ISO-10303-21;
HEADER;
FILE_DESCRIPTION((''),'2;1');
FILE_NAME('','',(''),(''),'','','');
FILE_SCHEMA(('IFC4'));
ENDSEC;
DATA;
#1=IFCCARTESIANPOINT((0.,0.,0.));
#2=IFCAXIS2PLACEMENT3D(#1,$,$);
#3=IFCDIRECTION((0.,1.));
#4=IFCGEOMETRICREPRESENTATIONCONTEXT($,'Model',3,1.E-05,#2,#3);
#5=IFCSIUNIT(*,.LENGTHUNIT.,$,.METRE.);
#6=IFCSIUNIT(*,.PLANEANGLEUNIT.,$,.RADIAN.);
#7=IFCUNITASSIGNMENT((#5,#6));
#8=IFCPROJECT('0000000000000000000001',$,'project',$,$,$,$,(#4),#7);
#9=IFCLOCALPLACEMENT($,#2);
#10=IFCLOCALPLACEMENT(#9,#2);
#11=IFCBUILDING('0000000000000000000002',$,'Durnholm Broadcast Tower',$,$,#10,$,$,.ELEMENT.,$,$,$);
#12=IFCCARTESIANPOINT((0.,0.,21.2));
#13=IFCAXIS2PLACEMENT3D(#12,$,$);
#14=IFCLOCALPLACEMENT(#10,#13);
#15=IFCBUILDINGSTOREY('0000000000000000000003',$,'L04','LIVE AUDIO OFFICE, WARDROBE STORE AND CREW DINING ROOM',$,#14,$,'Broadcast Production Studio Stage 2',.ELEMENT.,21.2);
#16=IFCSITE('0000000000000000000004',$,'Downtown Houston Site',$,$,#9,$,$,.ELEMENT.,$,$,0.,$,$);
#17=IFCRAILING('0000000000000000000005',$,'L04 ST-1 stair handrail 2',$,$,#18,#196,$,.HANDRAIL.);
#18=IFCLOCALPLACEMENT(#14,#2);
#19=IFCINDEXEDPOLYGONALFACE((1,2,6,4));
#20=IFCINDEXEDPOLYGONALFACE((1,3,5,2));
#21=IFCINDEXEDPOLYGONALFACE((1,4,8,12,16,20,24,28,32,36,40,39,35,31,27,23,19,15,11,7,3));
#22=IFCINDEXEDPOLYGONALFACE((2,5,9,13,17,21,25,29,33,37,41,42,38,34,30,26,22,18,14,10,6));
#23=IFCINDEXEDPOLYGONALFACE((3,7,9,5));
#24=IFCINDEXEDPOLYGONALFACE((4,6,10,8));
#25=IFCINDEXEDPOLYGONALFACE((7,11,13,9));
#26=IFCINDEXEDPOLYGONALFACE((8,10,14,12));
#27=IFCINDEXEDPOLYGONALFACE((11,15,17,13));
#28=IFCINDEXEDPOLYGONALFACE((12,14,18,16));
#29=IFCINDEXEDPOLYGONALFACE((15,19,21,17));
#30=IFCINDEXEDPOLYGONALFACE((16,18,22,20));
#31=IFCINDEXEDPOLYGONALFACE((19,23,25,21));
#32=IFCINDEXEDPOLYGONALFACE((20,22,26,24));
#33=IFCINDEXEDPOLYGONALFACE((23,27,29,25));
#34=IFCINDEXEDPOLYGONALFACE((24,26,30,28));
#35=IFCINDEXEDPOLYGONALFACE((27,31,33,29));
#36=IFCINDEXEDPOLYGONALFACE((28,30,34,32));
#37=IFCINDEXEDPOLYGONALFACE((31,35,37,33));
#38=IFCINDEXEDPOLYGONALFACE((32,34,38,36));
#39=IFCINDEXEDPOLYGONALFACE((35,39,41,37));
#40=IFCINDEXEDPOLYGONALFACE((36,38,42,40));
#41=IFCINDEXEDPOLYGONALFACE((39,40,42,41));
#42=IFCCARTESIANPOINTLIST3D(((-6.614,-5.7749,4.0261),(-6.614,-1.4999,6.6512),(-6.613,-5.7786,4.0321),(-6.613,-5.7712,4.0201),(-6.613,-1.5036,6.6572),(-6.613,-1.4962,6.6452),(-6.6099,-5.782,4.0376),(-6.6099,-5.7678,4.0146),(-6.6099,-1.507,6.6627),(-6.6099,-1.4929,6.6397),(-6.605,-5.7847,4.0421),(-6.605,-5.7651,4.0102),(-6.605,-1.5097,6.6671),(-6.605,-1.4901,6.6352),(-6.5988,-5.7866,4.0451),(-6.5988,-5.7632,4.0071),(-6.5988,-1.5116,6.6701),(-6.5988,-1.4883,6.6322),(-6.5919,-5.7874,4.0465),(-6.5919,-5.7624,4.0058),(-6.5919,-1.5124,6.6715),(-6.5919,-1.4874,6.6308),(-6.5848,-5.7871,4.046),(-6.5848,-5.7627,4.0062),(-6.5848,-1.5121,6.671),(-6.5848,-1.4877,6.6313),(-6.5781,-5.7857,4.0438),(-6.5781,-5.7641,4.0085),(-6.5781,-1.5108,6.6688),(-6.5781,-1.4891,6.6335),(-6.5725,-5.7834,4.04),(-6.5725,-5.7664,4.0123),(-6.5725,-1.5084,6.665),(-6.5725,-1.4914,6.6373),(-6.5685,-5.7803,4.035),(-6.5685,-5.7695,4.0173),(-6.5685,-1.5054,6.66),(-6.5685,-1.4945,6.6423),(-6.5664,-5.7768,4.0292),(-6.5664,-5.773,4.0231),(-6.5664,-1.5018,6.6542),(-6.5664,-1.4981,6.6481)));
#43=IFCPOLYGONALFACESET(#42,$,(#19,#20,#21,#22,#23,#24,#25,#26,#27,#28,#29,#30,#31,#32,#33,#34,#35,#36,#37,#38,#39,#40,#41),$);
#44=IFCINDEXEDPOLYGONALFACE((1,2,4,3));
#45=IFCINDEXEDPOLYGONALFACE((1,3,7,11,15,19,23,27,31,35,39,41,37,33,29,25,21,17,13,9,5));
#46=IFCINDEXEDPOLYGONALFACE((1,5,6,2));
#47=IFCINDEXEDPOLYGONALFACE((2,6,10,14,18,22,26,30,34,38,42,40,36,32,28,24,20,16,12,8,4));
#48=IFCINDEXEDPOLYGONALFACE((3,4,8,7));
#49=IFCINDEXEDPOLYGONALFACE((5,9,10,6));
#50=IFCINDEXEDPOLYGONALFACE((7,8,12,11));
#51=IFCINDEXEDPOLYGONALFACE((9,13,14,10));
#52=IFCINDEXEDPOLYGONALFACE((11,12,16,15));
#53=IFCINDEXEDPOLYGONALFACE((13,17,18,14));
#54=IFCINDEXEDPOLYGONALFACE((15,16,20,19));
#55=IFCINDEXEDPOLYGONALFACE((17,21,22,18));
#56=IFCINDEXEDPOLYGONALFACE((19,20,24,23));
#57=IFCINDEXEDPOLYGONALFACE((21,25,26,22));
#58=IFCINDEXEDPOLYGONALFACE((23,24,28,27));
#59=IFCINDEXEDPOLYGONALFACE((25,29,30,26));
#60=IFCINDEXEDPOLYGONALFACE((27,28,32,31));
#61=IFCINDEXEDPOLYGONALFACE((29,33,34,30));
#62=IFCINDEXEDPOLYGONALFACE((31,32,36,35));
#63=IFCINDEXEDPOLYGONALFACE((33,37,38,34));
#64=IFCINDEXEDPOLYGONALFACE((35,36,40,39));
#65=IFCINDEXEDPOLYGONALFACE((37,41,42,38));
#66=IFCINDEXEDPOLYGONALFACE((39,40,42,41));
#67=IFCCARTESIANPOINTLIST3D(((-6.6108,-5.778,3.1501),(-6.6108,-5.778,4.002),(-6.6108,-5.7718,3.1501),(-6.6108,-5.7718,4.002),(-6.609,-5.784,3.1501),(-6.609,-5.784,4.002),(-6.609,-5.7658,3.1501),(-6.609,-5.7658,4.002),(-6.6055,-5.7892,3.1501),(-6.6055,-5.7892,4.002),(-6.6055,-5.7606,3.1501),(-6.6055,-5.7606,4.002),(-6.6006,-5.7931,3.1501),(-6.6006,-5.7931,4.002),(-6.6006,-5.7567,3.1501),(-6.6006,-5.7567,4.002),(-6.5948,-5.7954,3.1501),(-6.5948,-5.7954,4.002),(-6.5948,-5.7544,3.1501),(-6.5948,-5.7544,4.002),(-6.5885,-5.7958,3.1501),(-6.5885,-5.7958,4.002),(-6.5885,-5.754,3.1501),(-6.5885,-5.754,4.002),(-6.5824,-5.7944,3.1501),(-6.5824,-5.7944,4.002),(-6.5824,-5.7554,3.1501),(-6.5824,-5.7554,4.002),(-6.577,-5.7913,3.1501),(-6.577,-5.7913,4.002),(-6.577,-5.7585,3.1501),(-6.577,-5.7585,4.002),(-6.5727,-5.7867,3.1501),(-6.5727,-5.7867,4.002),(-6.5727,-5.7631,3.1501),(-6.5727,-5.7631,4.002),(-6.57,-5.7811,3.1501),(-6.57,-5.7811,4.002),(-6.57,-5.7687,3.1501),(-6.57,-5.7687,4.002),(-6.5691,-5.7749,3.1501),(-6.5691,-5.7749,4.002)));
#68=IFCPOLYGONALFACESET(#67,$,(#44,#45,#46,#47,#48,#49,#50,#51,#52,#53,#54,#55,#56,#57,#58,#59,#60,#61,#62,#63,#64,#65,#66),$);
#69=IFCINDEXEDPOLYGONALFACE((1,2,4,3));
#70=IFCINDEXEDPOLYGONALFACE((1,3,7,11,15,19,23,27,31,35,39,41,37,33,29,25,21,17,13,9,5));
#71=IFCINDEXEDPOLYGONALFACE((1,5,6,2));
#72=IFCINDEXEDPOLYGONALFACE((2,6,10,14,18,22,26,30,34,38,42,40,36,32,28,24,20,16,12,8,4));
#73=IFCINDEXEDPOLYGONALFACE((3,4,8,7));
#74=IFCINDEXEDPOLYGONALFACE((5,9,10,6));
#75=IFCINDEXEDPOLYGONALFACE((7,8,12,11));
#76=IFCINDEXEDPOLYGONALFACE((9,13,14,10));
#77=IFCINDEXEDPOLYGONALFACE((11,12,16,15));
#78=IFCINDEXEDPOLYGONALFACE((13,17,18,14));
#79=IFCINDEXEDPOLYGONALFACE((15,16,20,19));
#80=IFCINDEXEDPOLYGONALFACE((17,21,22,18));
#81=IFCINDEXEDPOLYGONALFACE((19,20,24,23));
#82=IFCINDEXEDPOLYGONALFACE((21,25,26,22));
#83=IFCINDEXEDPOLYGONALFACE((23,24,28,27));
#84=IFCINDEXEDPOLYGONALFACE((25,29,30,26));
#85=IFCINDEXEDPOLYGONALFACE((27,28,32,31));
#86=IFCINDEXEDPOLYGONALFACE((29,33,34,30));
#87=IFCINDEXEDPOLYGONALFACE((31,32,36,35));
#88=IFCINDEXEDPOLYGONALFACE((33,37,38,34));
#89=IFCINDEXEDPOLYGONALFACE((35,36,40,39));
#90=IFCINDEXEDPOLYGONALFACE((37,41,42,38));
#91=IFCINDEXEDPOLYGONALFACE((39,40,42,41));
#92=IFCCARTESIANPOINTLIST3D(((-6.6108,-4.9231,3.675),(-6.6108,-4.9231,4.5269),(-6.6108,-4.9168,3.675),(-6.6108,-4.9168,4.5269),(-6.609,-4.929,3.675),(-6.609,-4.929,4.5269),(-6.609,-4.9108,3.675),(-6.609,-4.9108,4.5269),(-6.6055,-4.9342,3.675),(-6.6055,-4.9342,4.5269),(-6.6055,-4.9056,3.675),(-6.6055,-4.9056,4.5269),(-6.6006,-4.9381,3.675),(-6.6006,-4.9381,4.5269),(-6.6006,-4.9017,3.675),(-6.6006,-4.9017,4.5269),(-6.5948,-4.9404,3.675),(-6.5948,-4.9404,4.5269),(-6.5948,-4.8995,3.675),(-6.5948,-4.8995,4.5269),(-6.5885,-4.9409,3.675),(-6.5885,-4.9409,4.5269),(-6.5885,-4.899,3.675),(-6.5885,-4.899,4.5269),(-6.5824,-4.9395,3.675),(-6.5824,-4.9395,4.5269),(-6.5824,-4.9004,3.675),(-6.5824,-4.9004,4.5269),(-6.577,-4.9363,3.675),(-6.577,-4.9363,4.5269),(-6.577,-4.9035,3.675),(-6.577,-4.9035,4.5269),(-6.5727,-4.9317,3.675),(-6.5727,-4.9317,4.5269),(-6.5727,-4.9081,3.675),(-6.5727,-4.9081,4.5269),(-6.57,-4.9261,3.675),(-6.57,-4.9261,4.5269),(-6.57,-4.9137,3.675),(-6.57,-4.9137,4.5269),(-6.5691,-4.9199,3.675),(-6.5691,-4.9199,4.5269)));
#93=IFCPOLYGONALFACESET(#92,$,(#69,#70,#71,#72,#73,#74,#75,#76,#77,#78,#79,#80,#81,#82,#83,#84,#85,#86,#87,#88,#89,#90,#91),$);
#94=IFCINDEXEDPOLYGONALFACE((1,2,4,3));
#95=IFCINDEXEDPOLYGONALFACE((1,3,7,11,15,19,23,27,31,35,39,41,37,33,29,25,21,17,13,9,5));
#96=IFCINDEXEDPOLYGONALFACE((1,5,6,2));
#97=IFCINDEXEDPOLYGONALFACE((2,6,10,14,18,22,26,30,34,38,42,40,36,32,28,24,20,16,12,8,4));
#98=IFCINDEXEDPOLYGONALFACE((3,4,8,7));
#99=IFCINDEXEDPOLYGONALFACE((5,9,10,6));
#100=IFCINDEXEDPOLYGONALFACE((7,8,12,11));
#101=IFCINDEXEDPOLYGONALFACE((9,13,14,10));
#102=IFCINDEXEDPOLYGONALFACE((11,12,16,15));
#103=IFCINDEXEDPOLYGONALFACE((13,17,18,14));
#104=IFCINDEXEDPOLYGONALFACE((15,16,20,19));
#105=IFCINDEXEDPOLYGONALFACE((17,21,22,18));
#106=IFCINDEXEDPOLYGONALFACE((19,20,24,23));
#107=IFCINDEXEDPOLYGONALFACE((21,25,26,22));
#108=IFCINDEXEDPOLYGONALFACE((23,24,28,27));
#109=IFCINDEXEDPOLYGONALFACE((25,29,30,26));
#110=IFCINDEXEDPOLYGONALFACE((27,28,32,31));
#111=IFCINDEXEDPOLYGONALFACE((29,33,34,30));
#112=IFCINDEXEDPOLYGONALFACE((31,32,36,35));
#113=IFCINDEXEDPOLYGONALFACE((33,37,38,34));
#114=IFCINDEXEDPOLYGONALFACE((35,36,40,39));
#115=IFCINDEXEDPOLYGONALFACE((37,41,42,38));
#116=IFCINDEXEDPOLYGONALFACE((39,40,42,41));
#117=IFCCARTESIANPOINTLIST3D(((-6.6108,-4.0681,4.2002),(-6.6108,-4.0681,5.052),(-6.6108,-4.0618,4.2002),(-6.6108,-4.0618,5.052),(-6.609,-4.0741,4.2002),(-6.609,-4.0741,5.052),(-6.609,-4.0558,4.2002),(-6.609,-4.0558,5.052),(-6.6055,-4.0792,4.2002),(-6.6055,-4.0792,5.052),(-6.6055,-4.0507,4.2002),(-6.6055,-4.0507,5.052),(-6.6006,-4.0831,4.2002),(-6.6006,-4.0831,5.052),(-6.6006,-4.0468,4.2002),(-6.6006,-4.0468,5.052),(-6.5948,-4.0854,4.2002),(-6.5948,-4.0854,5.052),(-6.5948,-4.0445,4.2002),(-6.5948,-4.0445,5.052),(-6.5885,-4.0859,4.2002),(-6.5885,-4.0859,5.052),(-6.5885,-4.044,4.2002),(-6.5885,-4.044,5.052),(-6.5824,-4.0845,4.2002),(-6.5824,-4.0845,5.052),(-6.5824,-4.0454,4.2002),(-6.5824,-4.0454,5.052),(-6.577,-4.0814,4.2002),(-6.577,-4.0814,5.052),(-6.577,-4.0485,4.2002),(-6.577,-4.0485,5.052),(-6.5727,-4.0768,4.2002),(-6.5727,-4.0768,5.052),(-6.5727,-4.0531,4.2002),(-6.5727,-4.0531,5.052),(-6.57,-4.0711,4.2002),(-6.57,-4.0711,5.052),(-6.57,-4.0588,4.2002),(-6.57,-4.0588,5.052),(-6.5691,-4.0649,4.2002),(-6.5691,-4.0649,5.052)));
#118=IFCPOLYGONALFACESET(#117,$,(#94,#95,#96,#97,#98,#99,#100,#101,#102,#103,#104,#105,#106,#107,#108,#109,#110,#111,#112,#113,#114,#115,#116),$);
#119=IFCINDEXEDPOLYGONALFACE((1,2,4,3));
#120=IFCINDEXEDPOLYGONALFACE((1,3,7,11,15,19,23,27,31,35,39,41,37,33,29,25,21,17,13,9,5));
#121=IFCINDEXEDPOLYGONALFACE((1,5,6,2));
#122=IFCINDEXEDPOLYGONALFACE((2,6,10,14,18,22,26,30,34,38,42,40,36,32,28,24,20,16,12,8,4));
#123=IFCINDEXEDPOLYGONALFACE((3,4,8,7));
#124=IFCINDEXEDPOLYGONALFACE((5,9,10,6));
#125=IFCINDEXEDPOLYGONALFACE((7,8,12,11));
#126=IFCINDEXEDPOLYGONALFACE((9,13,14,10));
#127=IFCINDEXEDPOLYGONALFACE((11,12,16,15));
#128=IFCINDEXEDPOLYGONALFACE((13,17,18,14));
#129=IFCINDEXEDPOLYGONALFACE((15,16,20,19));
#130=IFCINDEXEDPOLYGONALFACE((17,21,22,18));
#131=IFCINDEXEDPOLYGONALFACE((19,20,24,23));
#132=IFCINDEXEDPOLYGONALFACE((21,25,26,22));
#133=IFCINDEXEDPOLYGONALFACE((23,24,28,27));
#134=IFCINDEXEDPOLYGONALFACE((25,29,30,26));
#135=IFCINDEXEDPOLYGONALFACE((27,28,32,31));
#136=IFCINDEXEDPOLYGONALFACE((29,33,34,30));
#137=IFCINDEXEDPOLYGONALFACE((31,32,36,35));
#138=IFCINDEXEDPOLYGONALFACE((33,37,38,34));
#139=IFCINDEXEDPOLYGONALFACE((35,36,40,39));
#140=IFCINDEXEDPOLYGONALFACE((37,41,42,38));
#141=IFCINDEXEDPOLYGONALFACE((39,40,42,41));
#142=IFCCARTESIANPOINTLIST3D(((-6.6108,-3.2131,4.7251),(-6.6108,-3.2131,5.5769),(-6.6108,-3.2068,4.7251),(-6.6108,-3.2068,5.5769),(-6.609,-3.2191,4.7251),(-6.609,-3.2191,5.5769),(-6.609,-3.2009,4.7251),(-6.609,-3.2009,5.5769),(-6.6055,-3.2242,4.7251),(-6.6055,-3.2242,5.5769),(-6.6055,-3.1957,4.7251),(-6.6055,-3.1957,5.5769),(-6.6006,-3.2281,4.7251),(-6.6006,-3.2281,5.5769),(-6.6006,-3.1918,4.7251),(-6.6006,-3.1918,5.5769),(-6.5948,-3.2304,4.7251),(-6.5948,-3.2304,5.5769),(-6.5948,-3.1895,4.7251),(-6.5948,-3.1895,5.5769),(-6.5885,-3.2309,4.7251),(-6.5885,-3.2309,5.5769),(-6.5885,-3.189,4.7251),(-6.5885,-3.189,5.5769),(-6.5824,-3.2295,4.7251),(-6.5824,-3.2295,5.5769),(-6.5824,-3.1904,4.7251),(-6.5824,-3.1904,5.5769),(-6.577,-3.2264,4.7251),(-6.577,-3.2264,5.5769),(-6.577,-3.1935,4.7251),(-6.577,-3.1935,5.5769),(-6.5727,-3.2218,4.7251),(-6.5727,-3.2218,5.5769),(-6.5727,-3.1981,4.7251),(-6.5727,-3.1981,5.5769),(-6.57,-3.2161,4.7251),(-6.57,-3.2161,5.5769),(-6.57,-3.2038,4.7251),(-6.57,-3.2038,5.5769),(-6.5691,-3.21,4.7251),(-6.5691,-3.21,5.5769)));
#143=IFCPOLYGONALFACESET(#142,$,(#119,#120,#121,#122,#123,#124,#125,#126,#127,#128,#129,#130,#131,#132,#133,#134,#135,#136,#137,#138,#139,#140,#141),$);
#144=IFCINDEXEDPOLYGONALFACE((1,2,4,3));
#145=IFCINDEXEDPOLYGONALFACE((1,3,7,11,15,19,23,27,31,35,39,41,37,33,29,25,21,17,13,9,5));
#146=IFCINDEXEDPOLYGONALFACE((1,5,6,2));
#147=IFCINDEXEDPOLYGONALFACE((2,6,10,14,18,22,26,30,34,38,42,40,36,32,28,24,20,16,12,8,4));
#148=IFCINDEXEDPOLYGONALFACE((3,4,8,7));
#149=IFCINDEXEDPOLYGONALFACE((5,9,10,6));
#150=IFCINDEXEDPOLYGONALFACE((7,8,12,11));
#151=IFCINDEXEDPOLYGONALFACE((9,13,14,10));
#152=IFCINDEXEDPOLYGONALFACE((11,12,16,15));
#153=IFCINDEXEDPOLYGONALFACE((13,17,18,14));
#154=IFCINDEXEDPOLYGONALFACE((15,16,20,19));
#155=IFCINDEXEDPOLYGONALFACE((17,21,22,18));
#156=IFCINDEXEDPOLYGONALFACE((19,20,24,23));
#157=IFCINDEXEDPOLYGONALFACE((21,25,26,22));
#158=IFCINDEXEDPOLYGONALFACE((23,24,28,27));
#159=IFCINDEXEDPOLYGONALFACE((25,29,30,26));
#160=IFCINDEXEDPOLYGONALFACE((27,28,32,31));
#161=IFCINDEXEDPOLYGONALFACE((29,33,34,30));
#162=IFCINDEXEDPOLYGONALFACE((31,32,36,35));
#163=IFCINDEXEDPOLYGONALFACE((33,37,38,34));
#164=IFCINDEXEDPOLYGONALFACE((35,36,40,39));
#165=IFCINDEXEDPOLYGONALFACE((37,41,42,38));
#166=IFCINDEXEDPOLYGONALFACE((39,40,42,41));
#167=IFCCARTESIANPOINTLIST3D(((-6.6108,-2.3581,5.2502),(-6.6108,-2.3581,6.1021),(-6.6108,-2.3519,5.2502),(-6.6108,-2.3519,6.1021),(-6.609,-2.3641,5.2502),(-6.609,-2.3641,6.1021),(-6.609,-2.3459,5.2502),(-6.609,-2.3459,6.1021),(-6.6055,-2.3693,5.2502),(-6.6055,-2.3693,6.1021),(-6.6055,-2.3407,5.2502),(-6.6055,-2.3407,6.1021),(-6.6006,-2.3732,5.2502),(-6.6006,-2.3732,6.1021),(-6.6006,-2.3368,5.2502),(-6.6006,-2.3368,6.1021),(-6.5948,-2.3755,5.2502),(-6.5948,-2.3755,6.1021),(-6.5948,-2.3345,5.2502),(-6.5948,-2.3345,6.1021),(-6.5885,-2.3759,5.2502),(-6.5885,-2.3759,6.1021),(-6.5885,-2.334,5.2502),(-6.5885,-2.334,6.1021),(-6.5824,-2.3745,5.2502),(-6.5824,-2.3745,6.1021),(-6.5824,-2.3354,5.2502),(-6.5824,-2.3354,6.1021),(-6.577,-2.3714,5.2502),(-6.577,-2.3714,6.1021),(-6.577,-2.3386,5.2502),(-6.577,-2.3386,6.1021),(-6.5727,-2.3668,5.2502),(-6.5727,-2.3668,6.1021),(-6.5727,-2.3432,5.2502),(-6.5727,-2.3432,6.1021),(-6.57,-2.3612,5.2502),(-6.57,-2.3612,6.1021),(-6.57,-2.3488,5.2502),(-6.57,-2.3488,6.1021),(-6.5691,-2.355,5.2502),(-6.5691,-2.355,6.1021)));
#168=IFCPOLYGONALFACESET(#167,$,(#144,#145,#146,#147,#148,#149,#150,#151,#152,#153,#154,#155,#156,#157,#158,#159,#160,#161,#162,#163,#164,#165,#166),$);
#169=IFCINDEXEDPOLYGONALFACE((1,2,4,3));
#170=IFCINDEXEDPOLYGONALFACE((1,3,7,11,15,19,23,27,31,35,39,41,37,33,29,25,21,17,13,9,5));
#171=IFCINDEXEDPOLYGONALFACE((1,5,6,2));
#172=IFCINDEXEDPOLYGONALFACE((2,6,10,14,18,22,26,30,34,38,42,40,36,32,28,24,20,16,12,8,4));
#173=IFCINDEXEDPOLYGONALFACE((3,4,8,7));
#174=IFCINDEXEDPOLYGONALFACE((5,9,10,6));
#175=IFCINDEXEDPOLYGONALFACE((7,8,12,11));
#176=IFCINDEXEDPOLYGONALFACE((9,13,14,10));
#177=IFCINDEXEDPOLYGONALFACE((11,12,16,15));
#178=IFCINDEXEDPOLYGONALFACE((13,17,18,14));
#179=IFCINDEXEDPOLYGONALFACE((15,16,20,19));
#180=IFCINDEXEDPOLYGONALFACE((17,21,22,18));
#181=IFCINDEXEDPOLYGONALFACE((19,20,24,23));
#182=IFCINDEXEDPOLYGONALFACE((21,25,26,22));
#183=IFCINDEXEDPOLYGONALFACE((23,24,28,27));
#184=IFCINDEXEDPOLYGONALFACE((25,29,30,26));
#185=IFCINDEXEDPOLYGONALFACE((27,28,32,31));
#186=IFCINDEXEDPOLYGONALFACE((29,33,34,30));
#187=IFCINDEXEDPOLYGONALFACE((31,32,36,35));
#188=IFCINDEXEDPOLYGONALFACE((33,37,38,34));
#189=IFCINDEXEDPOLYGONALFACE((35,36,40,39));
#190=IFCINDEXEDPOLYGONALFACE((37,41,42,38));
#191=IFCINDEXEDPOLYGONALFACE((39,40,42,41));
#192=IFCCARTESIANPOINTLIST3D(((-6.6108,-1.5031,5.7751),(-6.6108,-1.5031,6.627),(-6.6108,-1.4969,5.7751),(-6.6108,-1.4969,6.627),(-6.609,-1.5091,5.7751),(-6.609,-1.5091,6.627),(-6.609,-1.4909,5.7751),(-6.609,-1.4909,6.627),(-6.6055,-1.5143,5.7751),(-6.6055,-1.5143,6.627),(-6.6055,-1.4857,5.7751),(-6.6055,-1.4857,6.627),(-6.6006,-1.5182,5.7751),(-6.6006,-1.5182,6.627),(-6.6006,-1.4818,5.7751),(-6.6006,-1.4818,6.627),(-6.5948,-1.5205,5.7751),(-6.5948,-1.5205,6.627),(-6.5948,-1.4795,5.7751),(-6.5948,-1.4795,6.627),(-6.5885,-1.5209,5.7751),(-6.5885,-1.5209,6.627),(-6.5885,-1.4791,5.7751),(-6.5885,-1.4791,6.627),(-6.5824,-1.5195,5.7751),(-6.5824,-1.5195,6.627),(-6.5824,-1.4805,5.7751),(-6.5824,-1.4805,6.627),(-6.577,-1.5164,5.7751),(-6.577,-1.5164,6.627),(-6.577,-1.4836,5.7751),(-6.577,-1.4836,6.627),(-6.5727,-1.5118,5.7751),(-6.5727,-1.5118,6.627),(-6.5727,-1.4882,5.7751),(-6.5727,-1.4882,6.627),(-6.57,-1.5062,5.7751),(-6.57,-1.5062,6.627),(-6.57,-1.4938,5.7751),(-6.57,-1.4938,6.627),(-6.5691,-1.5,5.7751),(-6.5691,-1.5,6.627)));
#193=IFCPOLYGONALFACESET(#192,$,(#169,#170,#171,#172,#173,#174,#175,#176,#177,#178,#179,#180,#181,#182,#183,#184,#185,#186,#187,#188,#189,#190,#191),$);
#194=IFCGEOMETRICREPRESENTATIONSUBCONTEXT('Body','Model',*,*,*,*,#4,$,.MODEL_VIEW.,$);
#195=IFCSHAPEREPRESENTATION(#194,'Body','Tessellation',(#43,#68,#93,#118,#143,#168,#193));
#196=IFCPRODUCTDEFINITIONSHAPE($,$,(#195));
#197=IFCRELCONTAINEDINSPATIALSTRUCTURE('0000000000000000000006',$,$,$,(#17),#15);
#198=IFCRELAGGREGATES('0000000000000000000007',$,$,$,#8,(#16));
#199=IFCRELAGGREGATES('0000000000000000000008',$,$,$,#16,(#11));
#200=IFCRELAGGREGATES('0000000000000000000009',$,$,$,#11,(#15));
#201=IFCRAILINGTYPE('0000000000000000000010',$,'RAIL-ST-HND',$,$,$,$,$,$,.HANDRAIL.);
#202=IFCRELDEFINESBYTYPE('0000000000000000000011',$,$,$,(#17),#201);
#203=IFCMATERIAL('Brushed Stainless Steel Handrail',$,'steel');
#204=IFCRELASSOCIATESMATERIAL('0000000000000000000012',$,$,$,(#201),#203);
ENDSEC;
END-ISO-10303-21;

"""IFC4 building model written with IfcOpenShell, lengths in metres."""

from ifc_helpers import new_model, si_unit, direction, frame, origin, origin_2d, place, context, subcontext, project, spatial, circle, extrude, material, type_object, element, save


model = new_model("IFC4")

# Units and contexts
model_context = context("Model", 3, precision=1e-05, world=origin(), true_north=direction((0.0, 1.0)))
body_context = subcontext(model_context, "Body", "Model", "MODEL_VIEW")
ifc_project = project(units=[si_unit("LENGTHUNIT", "METRE"), si_unit("PLANEANGLEUNIT", "RADIAN")], contexts=[model_context])

# Site, building, storey
site_placement = place(None, origin())
site = spatial("IfcSite", under=ifc_project, at=site_placement, Name="Downtown Houston Site", CompositionType="ELEMENT", RefElevation=0.0)
building_placement = place(site_placement, origin())
building = spatial("IfcBuilding", under=site, at=building_placement, Name="Durnholm Broadcast Tower", CompositionType="ELEMENT")
storey_placement = place(building_placement, frame((0.0, 0.0, 21.2)))
storey = spatial("IfcBuildingStorey", under=building, at=storey_placement, Name="L04", Description="LIVE AUDIO OFFICE, WARDROBE STORE AND CREW DINING ROOM", LongName="Broadcast Production Studio Stage 2", CompositionType="ELEMENT", Elevation=21.2)

# Railing
ifc_material_1 = material(Name="Brushed Stainless Steel Handrail", Category="steel")
railing_type_1 = type_object("IfcRailingType", Name="RAIL-ST-HND", PredefinedType="HANDRAIL", material=ifc_material_1)
railing_1_placement = place(storey_placement, frame((-6.5901, -5.7749, 3.1501)))
element("IfcRailing", 1, at=railing_1_placement, inside=storey, type_object=railing_type_1, Name="L04 ST-1 stair handrail 2", PredefinedType="HANDRAIL", context=body_context, shape_type="SweptSolid", body=[
    extrude(circle(Radius=0.0239, at=origin_2d()), frame((0.0, 0.0, 0.876), z_axis=(0.0, 0.852166, 0.523272), x_axis=(-1.0, 0.0, 0.0)), (0.0, 0.0, 1.0), 5.0166),
    extrude(circle(Radius=0.021, at=origin_2d()), origin(), (0.0, 0.0, 1.0), 0.8518),
    extrude(circle(Radius=0.021, at=origin_2d()), frame((0.0, 0.855, 0.5249)), (0.0, 0.0, 1.0), 0.8518),
    extrude(circle(Radius=0.021, at=origin_2d()), frame((0.0, 1.71, 1.05)), (0.0, 0.0, 1.0), 0.8518),
    extrude(circle(Radius=0.021, at=origin_2d()), frame((0.0, 2.5649, 1.575)), (0.0, 0.0, 1.0), 0.8518),
    extrude(circle(Radius=0.021, at=origin_2d()), frame((0.0, 3.4199, 2.1001)), (0.0, 0.0, 1.0), 0.8518),
    extrude(circle(Radius=0.021, at=origin_2d()), frame((0.0, 4.2749, 2.625)), (0.0, 0.0, 1.0), 0.8518),
])

save(model, "model.ifc")
